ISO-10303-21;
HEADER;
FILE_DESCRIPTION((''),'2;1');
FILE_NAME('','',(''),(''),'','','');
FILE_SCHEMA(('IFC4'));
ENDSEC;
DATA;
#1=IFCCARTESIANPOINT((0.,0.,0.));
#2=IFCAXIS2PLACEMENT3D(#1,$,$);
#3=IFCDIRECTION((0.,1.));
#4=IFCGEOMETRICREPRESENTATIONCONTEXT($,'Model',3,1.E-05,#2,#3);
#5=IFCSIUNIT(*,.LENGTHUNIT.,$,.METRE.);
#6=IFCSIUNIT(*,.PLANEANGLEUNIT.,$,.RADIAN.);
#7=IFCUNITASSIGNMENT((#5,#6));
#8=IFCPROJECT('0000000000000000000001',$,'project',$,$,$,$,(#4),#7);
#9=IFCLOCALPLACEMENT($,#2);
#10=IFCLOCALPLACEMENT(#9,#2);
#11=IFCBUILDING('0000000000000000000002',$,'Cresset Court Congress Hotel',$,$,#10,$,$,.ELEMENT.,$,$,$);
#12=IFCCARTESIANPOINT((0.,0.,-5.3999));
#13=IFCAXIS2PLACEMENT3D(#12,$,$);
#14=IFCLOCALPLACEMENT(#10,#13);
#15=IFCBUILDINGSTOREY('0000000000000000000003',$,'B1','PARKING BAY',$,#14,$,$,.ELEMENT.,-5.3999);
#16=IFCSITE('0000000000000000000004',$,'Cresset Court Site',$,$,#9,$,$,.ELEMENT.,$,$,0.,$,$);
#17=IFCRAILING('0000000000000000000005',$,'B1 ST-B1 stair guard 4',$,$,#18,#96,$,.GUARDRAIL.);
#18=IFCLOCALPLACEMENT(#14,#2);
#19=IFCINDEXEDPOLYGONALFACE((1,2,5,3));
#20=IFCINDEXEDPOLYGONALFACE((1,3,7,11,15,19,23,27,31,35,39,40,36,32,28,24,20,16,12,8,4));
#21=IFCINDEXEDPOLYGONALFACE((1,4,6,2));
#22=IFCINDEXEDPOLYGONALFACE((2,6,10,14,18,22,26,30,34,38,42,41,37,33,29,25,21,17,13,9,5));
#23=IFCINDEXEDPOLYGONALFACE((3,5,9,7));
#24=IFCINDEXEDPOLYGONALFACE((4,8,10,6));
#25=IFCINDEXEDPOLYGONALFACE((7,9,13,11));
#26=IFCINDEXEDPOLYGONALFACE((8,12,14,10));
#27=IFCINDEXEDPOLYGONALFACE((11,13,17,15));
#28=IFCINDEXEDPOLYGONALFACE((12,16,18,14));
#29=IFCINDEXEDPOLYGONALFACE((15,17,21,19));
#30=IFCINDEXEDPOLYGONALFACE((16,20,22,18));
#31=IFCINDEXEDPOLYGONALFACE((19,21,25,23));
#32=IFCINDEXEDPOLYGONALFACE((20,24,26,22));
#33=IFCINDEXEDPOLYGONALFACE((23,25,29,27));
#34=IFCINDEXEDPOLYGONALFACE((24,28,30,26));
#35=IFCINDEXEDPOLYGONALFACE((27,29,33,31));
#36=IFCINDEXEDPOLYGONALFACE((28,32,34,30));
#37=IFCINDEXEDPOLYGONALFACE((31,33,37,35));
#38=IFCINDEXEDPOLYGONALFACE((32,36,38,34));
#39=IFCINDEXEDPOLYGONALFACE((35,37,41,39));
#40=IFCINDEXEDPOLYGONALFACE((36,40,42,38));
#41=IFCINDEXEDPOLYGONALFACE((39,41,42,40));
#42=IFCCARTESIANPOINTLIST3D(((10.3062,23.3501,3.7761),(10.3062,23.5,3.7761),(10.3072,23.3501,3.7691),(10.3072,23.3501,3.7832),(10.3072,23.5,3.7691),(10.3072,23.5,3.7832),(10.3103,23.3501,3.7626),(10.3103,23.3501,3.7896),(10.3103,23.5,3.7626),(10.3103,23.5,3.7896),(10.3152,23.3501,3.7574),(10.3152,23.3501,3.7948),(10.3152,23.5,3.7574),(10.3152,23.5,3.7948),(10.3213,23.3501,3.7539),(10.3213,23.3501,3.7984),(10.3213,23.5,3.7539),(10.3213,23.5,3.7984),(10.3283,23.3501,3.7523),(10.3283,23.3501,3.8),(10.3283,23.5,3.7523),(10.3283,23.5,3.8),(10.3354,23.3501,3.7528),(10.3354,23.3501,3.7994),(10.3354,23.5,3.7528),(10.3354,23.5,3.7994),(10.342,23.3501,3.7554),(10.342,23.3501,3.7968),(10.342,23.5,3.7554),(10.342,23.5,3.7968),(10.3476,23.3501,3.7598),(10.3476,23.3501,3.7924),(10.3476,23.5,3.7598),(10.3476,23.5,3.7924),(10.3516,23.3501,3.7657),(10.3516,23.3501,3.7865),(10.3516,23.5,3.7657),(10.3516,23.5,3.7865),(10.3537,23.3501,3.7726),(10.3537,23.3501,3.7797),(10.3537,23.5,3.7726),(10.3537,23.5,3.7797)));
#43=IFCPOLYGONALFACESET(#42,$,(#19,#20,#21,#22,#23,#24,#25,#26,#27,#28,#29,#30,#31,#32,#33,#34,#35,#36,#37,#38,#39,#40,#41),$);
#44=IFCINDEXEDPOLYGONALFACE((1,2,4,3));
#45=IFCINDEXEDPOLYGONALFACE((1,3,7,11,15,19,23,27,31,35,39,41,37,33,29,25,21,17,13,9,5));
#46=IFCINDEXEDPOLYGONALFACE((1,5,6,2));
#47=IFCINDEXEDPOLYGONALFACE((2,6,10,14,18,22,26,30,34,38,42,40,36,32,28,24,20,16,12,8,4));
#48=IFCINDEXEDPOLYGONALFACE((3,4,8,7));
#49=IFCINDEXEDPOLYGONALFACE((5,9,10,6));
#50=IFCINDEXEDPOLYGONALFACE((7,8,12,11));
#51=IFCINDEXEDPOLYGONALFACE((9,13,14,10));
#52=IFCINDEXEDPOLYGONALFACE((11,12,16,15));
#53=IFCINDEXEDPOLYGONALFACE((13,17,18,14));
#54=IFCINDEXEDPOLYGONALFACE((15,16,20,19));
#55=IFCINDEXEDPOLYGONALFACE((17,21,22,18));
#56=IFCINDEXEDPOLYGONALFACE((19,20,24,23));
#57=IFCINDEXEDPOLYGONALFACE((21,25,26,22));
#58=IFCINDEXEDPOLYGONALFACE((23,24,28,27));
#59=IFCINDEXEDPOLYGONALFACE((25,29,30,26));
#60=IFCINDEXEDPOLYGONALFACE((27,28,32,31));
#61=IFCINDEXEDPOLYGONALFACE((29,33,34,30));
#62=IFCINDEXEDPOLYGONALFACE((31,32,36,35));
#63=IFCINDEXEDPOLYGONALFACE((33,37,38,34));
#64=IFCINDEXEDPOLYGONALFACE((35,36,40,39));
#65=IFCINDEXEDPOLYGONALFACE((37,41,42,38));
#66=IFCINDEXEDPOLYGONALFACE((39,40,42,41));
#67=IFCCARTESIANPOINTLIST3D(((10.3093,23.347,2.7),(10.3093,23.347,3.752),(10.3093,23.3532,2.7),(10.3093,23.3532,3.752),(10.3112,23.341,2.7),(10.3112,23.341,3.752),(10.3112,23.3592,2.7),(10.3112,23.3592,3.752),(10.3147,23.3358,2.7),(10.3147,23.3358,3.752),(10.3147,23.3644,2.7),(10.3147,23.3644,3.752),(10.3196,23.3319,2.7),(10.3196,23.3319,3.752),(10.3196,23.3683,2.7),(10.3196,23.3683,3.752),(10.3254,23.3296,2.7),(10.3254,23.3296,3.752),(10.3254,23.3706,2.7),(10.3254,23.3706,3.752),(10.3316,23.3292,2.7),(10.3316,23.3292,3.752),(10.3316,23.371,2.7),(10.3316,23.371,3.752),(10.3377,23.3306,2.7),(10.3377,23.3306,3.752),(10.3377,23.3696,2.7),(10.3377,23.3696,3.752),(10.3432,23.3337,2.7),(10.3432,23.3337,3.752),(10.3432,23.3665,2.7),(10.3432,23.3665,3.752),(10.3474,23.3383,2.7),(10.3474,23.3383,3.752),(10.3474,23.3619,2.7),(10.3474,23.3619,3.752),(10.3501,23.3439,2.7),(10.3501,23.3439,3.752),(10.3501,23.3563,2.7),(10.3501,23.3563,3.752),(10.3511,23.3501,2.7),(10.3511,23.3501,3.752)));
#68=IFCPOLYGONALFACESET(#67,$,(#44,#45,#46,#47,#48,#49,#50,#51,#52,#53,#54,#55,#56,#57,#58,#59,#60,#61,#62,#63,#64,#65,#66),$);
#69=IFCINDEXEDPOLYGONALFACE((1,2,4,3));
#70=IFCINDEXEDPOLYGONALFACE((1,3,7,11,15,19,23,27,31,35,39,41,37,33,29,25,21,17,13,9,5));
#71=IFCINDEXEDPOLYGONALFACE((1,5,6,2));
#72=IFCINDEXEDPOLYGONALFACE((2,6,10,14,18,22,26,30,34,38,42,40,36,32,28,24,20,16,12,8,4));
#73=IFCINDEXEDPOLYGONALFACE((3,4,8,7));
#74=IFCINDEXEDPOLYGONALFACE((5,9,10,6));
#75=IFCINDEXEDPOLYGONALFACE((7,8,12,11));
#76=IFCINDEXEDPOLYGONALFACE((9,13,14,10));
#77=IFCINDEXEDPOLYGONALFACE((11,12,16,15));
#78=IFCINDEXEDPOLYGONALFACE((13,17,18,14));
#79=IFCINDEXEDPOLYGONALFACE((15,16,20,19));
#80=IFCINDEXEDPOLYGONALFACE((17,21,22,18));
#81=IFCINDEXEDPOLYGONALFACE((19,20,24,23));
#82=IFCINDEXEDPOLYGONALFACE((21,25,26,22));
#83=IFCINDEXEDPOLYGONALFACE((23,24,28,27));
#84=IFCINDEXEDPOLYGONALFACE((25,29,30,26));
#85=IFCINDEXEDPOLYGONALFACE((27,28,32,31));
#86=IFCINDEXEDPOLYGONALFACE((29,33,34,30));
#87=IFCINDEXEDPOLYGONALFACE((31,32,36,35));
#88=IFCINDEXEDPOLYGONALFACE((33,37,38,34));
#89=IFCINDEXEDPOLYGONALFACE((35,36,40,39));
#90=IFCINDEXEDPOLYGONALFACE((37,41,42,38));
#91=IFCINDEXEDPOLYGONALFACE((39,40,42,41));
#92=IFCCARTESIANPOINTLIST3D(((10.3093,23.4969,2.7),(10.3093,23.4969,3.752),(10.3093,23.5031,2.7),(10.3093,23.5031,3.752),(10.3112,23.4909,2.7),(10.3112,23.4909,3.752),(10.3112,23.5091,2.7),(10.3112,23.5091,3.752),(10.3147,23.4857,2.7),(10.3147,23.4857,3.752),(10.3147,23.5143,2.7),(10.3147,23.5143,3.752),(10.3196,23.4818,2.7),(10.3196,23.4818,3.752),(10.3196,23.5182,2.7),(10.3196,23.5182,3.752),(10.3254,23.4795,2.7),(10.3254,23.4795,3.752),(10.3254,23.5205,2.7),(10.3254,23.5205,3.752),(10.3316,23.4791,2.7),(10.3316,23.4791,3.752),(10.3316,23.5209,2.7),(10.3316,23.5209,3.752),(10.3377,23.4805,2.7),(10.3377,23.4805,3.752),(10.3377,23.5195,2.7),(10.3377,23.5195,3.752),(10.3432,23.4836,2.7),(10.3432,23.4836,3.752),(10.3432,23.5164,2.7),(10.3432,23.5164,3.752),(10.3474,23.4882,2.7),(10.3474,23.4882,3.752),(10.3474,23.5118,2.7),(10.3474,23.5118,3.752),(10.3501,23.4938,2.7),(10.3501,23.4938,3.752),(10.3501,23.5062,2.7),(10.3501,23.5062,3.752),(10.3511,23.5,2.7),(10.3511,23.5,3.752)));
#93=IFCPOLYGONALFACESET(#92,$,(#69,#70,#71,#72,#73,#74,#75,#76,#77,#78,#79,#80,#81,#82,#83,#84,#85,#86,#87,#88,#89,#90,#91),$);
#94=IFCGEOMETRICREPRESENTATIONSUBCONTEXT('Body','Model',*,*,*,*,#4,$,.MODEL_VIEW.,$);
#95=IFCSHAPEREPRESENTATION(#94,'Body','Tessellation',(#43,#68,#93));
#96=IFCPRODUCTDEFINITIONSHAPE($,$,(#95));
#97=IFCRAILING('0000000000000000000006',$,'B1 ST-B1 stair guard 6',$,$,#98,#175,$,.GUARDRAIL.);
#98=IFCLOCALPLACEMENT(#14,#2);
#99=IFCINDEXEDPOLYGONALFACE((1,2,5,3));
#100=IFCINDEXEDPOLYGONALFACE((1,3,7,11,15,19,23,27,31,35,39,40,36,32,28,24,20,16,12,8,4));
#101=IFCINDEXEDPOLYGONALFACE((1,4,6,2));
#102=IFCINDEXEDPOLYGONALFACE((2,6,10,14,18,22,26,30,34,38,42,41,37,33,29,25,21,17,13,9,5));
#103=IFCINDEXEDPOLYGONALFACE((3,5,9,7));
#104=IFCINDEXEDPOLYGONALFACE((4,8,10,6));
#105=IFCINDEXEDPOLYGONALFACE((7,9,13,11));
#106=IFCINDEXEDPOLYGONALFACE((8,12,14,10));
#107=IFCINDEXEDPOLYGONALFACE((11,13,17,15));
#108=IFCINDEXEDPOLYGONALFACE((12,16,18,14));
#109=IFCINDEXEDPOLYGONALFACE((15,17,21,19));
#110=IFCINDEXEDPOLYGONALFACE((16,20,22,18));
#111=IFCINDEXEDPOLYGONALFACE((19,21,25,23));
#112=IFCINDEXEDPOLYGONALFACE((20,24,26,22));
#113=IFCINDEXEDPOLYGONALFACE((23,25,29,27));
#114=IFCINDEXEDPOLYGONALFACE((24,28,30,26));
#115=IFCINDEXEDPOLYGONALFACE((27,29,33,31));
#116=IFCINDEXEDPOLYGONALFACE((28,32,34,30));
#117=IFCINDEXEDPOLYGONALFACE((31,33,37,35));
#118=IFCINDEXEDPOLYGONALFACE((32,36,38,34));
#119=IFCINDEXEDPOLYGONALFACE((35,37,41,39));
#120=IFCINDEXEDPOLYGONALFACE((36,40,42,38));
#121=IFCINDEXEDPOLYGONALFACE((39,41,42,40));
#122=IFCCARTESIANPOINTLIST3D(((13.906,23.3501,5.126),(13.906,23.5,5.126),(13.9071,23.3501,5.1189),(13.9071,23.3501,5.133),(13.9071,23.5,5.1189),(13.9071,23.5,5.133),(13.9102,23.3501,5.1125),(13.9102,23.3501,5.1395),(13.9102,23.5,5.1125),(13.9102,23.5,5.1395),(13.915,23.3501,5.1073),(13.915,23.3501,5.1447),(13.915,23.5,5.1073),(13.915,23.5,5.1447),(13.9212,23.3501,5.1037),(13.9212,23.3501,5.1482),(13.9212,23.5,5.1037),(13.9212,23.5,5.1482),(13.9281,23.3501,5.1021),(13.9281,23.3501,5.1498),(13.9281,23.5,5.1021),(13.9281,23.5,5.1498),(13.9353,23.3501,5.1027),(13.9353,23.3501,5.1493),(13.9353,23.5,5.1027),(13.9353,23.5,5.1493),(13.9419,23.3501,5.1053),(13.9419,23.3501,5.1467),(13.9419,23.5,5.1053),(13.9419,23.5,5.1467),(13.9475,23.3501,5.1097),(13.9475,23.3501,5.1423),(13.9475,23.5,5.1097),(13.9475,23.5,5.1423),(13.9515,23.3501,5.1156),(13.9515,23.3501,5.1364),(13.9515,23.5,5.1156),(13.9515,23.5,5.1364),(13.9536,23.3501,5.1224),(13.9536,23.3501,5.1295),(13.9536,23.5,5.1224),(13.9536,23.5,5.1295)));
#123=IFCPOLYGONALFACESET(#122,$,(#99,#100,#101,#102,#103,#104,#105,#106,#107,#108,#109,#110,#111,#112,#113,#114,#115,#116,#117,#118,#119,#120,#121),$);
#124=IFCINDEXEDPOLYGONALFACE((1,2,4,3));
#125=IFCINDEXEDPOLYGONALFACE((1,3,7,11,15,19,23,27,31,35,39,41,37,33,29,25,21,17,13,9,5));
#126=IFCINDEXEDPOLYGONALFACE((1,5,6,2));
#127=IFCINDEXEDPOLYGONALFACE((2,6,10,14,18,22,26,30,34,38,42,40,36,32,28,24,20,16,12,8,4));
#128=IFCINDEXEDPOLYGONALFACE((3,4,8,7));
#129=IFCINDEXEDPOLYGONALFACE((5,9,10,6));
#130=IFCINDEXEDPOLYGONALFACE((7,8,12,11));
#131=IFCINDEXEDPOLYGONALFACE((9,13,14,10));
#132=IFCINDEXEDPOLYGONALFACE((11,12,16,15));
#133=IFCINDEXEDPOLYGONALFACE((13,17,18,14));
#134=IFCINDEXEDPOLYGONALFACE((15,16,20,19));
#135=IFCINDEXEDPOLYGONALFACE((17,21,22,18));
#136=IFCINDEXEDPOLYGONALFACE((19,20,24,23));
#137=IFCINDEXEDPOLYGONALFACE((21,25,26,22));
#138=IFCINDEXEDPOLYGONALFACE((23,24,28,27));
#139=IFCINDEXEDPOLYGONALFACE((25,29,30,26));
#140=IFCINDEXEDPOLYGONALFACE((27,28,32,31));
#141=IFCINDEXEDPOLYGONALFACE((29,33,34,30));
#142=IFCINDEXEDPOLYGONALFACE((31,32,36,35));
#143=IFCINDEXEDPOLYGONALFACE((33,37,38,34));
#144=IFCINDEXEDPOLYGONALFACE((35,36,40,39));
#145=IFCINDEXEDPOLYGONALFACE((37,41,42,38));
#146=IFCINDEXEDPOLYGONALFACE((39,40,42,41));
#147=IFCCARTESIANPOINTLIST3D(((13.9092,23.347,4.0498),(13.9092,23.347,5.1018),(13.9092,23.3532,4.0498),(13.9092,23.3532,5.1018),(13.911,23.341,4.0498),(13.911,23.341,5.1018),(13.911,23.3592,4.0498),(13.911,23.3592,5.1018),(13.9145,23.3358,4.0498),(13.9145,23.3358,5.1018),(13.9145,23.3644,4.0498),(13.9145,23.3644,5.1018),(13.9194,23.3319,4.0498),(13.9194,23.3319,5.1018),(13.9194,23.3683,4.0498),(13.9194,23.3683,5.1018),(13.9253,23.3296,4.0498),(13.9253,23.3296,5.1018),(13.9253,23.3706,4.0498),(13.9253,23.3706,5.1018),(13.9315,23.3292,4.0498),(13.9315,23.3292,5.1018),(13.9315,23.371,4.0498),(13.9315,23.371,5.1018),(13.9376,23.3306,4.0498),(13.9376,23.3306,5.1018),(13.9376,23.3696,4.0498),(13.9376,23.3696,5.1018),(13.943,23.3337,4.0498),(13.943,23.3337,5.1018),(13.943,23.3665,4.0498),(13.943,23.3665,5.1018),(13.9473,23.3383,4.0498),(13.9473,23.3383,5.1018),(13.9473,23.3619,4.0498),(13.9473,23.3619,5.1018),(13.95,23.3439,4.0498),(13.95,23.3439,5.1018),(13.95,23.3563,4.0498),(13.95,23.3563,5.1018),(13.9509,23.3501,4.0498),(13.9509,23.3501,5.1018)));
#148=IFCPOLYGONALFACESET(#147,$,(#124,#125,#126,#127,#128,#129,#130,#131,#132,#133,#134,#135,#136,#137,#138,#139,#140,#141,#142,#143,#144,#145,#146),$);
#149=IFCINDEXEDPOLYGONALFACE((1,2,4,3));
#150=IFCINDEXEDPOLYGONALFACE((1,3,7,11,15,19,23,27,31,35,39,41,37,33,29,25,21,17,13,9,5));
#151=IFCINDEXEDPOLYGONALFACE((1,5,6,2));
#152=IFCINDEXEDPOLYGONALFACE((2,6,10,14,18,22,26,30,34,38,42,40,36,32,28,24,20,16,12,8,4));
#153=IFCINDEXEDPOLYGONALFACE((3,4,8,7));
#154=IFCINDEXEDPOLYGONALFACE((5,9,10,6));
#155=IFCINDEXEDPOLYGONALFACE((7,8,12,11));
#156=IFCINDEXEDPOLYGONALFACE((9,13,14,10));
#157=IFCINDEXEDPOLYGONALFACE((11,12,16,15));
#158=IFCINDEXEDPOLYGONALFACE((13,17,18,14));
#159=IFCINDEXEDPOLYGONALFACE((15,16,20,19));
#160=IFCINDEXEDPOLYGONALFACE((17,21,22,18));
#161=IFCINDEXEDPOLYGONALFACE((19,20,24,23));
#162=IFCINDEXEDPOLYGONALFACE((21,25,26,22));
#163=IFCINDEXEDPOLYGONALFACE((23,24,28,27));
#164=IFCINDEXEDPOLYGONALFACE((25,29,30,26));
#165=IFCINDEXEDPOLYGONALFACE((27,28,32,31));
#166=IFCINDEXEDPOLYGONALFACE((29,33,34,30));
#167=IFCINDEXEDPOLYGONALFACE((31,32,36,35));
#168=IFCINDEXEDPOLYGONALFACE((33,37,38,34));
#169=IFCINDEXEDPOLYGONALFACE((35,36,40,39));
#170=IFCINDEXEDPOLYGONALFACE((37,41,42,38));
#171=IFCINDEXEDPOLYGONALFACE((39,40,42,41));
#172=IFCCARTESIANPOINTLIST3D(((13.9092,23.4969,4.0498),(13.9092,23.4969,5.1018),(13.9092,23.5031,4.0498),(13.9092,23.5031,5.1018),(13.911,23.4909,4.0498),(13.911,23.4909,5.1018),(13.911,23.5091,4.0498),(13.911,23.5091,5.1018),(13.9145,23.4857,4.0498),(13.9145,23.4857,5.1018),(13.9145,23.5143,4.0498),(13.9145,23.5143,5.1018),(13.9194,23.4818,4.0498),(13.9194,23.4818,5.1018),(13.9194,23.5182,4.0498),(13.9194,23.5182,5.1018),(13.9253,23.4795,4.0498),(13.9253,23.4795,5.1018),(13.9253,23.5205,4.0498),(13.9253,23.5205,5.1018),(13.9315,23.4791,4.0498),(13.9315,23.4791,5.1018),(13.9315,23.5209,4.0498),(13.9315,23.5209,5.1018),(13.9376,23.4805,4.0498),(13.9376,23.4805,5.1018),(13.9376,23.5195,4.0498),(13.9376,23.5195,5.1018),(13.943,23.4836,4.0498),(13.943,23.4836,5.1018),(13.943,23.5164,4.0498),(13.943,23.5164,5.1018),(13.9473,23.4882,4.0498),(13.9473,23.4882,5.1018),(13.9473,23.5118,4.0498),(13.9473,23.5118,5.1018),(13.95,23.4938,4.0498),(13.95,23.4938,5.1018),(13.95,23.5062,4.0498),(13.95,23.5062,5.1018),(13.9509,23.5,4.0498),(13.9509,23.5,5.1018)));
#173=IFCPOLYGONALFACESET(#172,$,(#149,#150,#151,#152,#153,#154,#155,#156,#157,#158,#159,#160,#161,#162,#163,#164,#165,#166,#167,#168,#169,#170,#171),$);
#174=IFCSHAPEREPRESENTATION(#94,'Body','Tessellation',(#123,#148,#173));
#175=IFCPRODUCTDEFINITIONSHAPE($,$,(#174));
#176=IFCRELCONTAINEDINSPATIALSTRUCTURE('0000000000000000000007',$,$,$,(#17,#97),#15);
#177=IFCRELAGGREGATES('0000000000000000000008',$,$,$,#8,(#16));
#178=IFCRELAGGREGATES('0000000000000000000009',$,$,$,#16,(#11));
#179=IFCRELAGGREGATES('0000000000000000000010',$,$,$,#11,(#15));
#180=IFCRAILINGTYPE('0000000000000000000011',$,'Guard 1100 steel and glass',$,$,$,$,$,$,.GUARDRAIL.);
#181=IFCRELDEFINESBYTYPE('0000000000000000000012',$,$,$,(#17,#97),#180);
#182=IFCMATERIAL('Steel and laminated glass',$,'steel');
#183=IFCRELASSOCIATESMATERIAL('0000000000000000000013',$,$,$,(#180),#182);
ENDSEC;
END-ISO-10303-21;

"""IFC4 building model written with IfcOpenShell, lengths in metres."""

from ifc_helpers import new_model, si_unit, direction, frame, origin, origin_2d, place, context, subcontext, project, spatial, circle, extrude, material, type_object, element, save


model = new_model("IFC4")

# Units and contexts
model_context = context("Model", 3, precision=1e-05, world=origin(), true_north=direction((0.0, 1.0)))
body_context = subcontext(model_context, "Body", "Model", "MODEL_VIEW")
ifc_project = project(units=[si_unit("LENGTHUNIT", "METRE"), si_unit("PLANEANGLEUNIT", "RADIAN")], contexts=[model_context])

# Site, building, storey
site_placement = place(None, origin())
site = spatial("IfcSite", under=ifc_project, at=site_placement, Name="Cresset Court Site", CompositionType="ELEMENT", RefElevation=0.0)
building_placement = place(site_placement, origin())
building = spatial("IfcBuilding", under=site, at=building_placement, Name="Cresset Court Congress Hotel", CompositionType="ELEMENT")
storey_placement = place(building_placement, frame((0.0, 0.0, -5.3999)))
storey = spatial("IfcBuildingStorey", under=building, at=storey_placement, Name="B1", Description="PARKING BAY", CompositionType="ELEMENT", Elevation=-5.3999)

# Railings
ifc_material_1 = material(Name="Steel and laminated glass", Category="steel")
railing_type_1 = type_object("IfcRailingType", Name="Guard 1100 steel and glass", PredefinedType="GUARDRAIL", material=ifc_material_1)
for number, where, name in (
    (1, (10.3301, 23.3501, 2.7), "B1 ST-B1 stair guard 4"),
    (2, (13.9299, 23.3501, 4.0498), "B1 ST-B1 stair guard 6"),
):
    element("IfcRailing", number, at=place(storey_placement, frame(where)), inside=storey, type_object=railing_type_1, Name=name, PredefinedType="GUARDRAIL", context=body_context, shape_type="SweptSolid", body=[
        extrude(circle(Radius=0.0239, at=origin_2d()), frame((0.0, 0.0, 1.0762), z_axis=(0.0, 1.0, 0.0), x_axis=(-1.0, 0.0, 0.0)), (0.0, 0.0, 1.0), 0.1499),
        extrude(circle(Radius=0.021, at=origin_2d()), origin(), (0.0, 0.0, 1.0), 1.052),
        extrude(circle(Radius=0.021, at=origin_2d()), frame((0.0, 0.1499, 0.0)), (0.0, 0.0, 1.0), 1.052),
    ])

save(model, "model.ifc")
